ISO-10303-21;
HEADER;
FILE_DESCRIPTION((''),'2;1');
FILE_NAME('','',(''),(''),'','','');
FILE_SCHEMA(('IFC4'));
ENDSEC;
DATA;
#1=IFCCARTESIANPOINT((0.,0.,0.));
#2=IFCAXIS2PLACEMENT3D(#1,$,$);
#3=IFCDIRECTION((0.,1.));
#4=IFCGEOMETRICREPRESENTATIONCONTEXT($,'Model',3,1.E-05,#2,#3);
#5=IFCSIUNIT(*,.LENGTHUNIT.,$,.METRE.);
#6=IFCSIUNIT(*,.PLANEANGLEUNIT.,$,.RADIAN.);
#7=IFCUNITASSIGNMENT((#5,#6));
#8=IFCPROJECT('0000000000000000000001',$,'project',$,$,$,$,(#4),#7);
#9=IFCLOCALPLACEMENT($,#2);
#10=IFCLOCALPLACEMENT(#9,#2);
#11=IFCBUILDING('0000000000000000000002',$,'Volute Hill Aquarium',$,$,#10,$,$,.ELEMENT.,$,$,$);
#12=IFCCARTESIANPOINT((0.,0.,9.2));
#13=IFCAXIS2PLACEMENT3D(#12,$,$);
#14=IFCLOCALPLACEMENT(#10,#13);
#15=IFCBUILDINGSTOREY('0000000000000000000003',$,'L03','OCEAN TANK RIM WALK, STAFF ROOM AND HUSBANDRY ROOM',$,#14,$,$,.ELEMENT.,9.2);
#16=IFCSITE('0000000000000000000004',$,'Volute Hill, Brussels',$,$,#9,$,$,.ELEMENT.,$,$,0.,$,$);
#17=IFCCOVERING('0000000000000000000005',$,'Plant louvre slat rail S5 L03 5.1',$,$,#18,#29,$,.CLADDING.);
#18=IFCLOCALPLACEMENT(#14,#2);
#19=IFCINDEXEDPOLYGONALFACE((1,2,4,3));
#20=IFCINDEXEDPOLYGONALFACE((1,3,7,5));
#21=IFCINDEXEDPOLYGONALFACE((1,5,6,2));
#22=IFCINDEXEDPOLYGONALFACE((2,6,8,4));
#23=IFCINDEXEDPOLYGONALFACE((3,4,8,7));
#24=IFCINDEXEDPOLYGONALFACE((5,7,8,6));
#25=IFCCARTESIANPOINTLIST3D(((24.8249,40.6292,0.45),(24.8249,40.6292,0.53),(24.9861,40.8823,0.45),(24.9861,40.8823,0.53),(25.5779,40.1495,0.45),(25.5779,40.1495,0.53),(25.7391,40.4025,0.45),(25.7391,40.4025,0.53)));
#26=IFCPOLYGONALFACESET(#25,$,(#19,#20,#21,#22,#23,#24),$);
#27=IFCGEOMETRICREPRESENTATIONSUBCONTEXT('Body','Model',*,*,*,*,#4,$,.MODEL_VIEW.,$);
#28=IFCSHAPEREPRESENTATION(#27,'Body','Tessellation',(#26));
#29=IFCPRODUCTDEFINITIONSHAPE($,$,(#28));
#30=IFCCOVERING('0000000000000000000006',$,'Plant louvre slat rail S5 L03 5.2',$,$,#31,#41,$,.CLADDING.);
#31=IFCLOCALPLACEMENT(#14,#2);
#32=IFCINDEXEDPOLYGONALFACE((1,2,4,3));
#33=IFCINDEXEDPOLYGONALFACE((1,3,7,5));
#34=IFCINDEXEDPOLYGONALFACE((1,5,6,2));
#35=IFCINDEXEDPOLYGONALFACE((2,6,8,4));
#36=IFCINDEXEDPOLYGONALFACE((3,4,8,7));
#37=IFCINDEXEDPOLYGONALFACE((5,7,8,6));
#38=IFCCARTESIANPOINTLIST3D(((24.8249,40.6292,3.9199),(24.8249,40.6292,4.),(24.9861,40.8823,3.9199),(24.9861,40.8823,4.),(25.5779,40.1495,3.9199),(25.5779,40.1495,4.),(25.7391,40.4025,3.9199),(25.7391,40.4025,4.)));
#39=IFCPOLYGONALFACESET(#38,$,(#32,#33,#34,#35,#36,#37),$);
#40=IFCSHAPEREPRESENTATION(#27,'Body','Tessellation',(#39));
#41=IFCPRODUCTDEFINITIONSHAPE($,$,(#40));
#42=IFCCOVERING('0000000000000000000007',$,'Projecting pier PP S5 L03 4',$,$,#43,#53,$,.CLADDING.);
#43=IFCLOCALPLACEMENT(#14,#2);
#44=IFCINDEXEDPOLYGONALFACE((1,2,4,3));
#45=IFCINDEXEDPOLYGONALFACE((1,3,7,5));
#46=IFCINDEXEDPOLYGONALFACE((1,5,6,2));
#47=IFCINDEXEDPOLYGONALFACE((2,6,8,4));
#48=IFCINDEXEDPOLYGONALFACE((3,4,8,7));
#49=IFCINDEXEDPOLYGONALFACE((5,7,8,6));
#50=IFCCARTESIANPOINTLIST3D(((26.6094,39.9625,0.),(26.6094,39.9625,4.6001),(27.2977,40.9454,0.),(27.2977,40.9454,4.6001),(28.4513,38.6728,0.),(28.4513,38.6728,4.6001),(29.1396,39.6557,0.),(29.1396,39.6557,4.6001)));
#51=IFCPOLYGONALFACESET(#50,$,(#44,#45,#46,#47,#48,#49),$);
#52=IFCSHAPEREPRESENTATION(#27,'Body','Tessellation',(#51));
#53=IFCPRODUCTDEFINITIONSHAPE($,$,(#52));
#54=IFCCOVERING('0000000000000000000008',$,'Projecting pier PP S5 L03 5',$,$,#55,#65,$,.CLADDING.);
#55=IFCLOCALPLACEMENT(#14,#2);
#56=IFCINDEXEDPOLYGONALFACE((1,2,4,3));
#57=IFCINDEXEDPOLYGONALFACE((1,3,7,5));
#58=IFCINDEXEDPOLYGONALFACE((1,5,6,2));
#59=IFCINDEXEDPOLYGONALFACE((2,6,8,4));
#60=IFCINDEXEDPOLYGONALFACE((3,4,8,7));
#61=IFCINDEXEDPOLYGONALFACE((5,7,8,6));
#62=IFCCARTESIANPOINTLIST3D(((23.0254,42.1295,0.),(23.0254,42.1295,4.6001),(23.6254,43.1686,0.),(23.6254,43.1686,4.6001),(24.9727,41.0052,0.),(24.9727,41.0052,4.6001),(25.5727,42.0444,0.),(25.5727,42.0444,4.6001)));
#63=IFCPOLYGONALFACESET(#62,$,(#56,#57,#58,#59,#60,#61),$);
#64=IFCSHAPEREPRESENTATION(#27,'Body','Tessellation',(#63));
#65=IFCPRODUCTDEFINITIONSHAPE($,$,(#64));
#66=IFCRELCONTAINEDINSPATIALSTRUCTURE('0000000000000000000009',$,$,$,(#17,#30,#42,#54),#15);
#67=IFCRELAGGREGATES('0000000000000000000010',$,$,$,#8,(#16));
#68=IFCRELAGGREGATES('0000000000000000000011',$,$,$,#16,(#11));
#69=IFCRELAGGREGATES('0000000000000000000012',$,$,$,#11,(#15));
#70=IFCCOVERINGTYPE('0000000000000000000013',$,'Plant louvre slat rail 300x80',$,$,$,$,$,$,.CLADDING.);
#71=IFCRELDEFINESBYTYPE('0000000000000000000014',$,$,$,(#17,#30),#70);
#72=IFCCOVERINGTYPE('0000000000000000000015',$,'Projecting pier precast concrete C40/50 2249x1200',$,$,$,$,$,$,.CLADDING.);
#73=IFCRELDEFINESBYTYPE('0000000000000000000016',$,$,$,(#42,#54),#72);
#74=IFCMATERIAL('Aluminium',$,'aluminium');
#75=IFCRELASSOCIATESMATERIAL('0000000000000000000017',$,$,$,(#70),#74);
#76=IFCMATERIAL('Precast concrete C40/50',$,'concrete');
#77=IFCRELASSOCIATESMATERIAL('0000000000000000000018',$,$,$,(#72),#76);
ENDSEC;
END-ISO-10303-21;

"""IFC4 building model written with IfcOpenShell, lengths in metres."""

from ifc_helpers import new_model, si_unit, direction, frame, origin, origin_2d, place, context, subcontext, project, spatial, rectangle, extrude, material, type_object, element, save


model = new_model("IFC4")

# Units and contexts
model_context = context("Model", 3, precision=1e-05, world=origin(), true_north=direction((0.0, 1.0)))
body_context = subcontext(model_context, "Body", "Model", "MODEL_VIEW")
ifc_project = project(units=[si_unit("LENGTHUNIT", "METRE"), si_unit("PLANEANGLEUNIT", "RADIAN")], contexts=[model_context])

# Site, building, storey
site_placement = place(None, origin())
site = spatial("IfcSite", under=ifc_project, at=site_placement, Name="Volute Hill, Brussels", CompositionType="ELEMENT", RefElevation=0.0)
building_placement = place(site_placement, origin())
building = spatial("IfcBuilding", under=site, at=building_placement, Name="Volute Hill Aquarium", CompositionType="ELEMENT")
storey_placement = place(building_placement, frame((0.0, 0.0, 9.2)))
storey = spatial("IfcBuildingStorey", under=building, at=storey_placement, Name="L03", Description="OCEAN TANK RIM WALK, STAFF ROOM AND HUSBANDRY ROOM", CompositionType="ELEMENT", Elevation=9.2)

# Coverings
ifc_material_1 = material(Name="Aluminium", Category="aluminium")
covering_type_1 = type_object("IfcCoveringType", Name="Plant louvre slat rail 300x80", PredefinedType="CLADDING", material=ifc_material_1)
for number, where, z_axis, x_axis, name in (
    (1, (25.282, 40.5159, 0.45), (0.0, 0.0, 1.0), (-0.843386, 0.537309, 0.0), "Plant louvre slat rail S5 L03 5.1"),
    (2, (25.282, 40.5159, 3.9199), (0.0, 0.0, 1.0), (-0.843386, 0.537309, 0.0), "Plant louvre slat rail S5 L03 5.2"),
):
    element("IfcCovering", number, at=place(storey_placement, frame(where, z_axis=z_axis, x_axis=x_axis)), inside=storey, type_object=covering_type_1, Name=name, PredefinedType="CLADDING", context=body_context, shape_type="SweptSolid", body=[
        extrude(rectangle(XDim=0.8928, YDim=0.3, at=origin_2d()), origin(), (0.0, 0.0, 1.0), 0.0801),
    ])
ifc_material_2 = material(Name="Precast concrete C40/50", Category="concrete")
covering_type_2 = type_object("IfcCoveringType", Name="Projecting pier precast concrete C40/50 2249x1200", PredefinedType="CLADDING", material=ifc_material_2)
for number, where, z_axis, x_axis, name in (
    (3, (27.8745, 39.8091, 0.0), (0.0, 0.0, 1.0), (-0.819152, 0.573576, 0.0), "Projecting pier PP S5 L03 4"),
    (4, (24.2991, 42.0869, 0.0), (0.0, 0.0, 1.0), (-0.866025, 0.5, 0.0), "Projecting pier PP S5 L03 5"),
):
    element("IfcCovering", number, at=place(storey_placement, frame(where, z_axis=z_axis, x_axis=x_axis)), inside=storey, type_object=covering_type_2, Name=name, PredefinedType="CLADDING", context=body_context, shape_type="SweptSolid", body=[
        extrude(rectangle(XDim=2.2485, YDim=1.2, at=origin_2d()), origin(), (0.0, 0.0, 1.0), 4.6001),
    ])

save(model, "model.ifc")
